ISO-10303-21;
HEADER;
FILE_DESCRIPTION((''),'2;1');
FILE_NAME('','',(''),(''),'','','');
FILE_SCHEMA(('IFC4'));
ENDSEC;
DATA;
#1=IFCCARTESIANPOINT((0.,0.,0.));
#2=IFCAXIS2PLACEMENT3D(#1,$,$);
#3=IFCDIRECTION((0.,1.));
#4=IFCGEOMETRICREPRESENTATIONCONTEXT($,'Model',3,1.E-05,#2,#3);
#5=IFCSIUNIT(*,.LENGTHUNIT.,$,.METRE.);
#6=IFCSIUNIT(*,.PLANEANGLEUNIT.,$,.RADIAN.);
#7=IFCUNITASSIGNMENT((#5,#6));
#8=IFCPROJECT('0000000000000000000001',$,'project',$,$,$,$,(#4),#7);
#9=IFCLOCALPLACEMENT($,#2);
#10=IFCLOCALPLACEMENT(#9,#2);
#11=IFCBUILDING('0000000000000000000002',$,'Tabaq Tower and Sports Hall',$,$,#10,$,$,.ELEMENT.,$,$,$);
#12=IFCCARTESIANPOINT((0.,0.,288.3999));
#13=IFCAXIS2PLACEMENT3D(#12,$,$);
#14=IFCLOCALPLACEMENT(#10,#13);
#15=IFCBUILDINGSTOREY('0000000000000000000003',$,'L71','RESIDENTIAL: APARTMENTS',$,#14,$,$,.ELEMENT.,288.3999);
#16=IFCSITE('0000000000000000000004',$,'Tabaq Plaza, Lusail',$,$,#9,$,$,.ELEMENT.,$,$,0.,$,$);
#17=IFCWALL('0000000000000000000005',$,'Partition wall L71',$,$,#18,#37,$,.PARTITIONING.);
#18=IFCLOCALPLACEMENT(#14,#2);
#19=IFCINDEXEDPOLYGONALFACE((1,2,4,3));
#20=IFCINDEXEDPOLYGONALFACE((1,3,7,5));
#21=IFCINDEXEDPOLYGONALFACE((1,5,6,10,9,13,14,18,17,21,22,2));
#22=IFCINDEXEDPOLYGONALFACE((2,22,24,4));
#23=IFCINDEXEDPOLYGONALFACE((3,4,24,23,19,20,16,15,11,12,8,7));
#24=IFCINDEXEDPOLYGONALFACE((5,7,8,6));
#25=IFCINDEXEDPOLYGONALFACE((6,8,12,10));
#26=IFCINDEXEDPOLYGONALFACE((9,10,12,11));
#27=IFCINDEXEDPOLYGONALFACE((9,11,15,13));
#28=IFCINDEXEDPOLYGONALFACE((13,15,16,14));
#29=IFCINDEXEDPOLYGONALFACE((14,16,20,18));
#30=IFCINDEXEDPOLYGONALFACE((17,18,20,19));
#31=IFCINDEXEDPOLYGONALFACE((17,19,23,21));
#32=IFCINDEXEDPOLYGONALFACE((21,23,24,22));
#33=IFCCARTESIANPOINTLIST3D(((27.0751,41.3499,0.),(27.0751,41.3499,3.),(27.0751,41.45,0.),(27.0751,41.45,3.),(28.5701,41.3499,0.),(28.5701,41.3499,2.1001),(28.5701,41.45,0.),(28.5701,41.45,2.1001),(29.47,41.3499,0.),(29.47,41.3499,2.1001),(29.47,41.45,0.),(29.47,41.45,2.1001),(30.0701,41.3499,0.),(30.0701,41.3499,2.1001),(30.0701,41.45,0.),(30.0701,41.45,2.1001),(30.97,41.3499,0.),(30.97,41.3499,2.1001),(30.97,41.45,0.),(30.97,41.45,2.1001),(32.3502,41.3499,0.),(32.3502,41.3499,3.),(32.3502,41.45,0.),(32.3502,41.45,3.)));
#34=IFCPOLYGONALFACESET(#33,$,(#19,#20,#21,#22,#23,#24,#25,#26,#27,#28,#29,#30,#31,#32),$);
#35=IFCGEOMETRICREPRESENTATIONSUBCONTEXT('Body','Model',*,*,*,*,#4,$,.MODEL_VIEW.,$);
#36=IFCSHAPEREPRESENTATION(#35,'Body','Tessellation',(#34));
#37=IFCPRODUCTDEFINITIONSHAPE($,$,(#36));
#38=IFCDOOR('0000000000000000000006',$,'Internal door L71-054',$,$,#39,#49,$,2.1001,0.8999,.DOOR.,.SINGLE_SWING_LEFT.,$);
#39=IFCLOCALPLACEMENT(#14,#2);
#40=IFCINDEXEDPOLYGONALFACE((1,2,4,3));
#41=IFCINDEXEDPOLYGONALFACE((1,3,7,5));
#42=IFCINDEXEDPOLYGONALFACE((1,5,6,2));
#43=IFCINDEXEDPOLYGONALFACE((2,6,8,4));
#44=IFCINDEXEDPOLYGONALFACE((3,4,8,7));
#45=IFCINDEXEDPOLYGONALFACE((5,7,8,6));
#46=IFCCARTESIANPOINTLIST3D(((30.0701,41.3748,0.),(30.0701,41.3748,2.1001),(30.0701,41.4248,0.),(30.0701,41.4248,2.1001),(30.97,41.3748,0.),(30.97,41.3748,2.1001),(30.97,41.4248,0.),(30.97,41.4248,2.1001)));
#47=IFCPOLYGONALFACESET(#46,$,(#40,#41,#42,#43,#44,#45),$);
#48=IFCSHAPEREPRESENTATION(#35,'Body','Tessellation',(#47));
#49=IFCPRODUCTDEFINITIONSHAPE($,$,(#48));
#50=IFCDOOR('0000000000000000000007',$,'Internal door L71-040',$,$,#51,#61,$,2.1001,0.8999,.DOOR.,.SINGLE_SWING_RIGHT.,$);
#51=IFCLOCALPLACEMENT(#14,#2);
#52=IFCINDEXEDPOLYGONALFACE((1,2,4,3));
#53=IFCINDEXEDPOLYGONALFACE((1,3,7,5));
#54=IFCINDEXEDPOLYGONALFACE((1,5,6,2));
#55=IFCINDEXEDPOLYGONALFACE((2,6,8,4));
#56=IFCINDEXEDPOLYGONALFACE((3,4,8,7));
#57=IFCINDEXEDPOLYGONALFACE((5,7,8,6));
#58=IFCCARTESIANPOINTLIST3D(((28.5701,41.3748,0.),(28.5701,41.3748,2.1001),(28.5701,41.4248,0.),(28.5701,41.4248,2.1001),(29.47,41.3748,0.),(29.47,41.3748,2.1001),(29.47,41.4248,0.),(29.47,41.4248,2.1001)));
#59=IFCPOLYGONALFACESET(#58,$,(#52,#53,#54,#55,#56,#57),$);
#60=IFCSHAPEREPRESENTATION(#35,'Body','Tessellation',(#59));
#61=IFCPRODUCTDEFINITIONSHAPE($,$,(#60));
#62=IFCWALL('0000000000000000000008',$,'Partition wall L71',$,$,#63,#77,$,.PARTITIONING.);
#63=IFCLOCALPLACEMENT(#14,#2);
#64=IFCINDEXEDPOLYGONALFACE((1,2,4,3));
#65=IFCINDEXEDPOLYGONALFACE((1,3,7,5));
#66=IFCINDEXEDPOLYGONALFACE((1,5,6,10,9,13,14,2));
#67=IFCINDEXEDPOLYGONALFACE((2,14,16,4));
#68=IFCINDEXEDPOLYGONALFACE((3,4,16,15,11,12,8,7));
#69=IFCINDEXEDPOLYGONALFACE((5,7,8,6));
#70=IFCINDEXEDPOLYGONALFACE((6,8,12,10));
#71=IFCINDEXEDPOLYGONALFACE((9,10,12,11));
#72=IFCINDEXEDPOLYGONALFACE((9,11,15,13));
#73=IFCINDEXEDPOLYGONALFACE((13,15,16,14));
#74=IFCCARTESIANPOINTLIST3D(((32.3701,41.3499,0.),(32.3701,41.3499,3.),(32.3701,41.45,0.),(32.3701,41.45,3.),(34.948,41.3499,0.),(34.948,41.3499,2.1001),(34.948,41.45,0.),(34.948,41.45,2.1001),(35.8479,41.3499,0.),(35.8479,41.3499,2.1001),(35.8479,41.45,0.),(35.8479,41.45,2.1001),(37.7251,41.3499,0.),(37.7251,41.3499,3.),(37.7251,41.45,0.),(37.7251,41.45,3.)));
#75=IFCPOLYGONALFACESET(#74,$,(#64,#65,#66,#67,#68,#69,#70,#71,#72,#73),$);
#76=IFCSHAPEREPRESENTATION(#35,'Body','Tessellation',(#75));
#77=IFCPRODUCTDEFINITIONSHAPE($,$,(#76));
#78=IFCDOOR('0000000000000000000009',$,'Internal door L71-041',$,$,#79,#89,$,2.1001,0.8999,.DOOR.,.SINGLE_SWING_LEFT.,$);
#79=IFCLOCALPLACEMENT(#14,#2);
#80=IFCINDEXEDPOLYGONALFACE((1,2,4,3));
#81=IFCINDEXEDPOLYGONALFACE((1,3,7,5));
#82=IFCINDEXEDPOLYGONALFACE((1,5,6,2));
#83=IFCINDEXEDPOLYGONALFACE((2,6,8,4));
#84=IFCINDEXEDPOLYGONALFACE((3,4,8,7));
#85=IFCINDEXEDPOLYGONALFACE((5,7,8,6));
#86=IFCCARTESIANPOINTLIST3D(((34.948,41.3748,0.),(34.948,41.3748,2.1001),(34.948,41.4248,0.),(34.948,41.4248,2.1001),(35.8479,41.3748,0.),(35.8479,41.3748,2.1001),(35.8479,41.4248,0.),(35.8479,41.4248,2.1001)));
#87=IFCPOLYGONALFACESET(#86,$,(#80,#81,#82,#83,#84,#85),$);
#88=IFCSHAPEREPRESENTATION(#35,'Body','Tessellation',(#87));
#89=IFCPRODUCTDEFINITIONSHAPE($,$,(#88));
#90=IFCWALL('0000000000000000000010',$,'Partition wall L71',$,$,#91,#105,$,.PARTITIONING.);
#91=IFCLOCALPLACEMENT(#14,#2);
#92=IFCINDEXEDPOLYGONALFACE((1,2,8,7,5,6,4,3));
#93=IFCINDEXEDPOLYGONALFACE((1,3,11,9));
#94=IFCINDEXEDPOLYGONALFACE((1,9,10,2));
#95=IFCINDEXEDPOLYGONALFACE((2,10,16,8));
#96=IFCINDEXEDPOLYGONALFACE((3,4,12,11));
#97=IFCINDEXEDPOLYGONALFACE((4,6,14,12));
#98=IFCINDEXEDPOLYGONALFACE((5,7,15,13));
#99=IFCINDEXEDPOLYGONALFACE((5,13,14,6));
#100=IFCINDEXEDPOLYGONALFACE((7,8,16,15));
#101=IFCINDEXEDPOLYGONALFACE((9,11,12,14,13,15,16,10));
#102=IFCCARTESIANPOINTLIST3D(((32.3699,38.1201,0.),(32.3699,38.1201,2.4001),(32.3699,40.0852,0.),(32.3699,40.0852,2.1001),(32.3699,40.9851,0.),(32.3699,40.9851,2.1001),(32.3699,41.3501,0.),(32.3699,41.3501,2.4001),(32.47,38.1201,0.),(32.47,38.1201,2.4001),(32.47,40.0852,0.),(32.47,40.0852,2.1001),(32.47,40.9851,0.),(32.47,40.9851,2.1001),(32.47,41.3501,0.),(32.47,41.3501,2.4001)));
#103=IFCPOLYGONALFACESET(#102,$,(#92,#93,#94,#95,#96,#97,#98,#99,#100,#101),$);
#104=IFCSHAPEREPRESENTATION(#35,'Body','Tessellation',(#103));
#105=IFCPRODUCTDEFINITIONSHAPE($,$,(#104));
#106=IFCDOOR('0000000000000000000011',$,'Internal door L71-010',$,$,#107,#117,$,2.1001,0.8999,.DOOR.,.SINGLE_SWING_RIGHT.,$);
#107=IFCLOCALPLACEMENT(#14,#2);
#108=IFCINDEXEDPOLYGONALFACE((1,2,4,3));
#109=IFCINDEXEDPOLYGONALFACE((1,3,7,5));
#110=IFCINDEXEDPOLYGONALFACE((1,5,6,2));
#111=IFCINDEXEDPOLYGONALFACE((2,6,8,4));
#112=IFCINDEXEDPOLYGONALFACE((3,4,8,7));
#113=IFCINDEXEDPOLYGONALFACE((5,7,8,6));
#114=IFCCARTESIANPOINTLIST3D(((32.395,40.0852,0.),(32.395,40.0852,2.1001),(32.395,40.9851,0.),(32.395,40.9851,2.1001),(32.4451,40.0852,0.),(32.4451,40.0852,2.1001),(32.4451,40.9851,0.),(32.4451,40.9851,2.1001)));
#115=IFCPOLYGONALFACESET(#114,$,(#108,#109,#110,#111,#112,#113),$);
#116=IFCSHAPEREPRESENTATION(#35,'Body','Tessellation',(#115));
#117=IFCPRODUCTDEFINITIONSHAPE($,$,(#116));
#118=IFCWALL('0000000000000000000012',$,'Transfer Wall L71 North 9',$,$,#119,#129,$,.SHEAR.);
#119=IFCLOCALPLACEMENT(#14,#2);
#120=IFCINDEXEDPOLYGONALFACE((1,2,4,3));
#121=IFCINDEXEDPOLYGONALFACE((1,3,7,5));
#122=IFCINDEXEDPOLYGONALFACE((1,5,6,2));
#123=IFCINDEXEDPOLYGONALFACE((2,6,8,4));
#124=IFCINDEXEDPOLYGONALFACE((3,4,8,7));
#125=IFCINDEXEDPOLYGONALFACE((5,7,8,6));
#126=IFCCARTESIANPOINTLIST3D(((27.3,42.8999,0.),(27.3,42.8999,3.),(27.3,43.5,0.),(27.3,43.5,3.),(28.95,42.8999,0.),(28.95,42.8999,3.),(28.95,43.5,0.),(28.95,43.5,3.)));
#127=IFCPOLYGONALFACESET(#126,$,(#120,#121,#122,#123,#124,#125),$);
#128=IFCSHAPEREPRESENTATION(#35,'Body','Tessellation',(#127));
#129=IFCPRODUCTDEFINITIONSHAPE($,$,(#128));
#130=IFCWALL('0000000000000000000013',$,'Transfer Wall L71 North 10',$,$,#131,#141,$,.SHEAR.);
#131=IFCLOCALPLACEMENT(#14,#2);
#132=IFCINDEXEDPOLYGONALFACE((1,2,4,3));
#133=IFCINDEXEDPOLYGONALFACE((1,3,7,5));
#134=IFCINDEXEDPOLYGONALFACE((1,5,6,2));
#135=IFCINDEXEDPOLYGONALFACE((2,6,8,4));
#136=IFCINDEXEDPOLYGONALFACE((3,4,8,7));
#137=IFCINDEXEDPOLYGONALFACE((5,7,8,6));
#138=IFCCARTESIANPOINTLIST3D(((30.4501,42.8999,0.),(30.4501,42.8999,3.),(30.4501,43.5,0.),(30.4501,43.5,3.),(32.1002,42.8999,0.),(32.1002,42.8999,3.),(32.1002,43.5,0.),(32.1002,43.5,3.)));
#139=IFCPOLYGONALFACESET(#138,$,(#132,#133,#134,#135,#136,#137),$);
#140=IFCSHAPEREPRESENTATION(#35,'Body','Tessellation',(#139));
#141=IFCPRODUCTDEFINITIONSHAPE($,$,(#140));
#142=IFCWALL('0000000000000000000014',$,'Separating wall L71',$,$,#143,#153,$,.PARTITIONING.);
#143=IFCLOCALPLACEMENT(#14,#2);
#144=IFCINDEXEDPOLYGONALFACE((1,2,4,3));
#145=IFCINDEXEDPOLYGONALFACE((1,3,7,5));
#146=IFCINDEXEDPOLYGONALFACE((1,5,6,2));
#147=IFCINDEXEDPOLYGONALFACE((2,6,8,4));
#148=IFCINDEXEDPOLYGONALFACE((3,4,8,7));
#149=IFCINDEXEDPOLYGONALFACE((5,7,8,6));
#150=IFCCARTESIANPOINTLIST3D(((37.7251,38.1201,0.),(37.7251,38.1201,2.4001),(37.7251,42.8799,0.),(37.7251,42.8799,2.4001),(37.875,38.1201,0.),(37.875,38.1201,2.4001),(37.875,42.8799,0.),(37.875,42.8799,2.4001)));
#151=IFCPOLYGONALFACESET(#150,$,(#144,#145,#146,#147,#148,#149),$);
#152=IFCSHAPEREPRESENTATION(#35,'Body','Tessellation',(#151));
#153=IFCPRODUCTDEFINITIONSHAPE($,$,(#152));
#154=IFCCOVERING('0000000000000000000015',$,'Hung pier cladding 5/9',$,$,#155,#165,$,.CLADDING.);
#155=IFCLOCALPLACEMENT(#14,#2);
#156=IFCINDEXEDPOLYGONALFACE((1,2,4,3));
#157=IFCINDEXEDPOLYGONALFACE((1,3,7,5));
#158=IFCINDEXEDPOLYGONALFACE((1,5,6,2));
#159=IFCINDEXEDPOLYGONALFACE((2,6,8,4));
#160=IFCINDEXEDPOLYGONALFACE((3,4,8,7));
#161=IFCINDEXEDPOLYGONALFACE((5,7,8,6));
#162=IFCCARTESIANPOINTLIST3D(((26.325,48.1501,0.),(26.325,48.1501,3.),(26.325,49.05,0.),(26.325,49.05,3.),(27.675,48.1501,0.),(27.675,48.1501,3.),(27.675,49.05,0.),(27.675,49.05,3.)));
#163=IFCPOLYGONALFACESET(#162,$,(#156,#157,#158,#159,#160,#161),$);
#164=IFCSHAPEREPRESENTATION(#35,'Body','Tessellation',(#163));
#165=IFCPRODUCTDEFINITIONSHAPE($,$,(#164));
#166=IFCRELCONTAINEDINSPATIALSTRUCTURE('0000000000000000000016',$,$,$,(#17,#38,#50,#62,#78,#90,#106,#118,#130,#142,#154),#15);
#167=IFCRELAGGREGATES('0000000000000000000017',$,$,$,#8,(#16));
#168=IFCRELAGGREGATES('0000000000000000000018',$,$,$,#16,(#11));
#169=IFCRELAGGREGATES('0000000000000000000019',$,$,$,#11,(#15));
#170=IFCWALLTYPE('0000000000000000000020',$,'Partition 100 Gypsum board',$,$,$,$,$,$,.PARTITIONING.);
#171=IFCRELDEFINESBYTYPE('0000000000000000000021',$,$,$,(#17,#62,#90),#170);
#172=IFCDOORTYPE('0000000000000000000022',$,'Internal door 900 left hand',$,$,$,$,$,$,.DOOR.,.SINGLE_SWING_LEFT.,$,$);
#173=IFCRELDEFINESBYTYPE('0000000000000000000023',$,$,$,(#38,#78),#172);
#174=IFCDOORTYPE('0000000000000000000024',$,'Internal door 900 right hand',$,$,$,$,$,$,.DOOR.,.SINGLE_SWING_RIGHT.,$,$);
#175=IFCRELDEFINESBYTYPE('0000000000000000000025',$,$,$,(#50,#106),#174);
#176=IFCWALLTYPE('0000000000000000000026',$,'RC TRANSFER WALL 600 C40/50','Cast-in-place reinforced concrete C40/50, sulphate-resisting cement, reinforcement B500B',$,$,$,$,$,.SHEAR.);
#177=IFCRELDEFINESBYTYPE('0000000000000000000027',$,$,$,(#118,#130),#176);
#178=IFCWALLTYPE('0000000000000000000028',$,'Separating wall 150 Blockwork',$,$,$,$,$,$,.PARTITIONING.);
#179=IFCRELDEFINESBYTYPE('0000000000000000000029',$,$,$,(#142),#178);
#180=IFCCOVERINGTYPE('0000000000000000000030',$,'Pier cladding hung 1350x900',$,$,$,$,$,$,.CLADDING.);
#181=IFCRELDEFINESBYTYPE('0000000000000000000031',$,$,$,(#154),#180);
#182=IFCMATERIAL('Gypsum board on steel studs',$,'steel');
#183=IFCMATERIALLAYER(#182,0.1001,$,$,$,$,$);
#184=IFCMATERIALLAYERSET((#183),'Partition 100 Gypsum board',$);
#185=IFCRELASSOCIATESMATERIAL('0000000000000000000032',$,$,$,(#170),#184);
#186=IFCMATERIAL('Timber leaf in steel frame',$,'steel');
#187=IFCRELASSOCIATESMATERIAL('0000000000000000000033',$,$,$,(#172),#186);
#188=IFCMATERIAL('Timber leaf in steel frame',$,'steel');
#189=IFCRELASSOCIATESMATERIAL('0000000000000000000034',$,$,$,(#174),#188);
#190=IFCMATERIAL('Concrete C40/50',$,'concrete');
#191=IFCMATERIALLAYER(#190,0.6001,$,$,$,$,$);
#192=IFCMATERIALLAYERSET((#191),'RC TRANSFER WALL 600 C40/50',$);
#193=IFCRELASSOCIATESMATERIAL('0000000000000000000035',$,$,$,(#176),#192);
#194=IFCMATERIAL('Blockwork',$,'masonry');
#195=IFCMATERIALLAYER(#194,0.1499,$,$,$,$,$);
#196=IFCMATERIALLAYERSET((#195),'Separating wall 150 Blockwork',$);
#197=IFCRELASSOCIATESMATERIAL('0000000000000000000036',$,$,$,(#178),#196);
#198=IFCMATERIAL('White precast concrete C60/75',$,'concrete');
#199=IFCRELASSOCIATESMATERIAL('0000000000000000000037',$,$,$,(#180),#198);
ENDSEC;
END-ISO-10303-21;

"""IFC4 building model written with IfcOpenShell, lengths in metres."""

from ifc_helpers import new_model, si_unit, direction, frame, frame_2d, origin, place, context, subcontext, project, spatial, rectangle, extrude, material, layer, layer_set, type_object, element, fill, save


model = new_model("IFC4")

# Units and contexts
model_context = context("Model", 3, precision=1e-05, world=origin(), true_north=direction((0.0, 1.0)))
body_context = subcontext(model_context, "Body", "Model", "MODEL_VIEW")
ifc_project = project(units=[si_unit("LENGTHUNIT", "METRE"), si_unit("PLANEANGLEUNIT", "RADIAN")], contexts=[model_context])

# Site, building, storey
site_placement = place(None, origin())
site = spatial("IfcSite", under=ifc_project, at=site_placement, Name="Tabaq Plaza, Lusail", CompositionType="ELEMENT", RefElevation=0.0)
building_placement = place(site_placement, origin())
building = spatial("IfcBuilding", under=site, at=building_placement, Name="Tabaq Tower and Sports Hall", CompositionType="ELEMENT")
storey_placement = place(building_placement, frame((0.0, 0.0, 288.3999)))
storey = spatial("IfcBuildingStorey", under=building, at=storey_placement, Name="L71", Description="RESIDENTIAL: APARTMENTS", CompositionType="ELEMENT", Elevation=288.3999)

# Shared definitions
ifc_material_1 = material(Name="Gypsum board on steel studs", Category="steel")
ifc_layer_1 = layer(ifc_material_1, 0.1001)
ifc_layer_set_1 = layer_set([ifc_layer_1], Name="Partition 100 Gypsum board")
wall_type_1 = type_object("IfcWallType", Name="Partition 100 Gypsum board", PredefinedType="PARTITIONING", material=ifc_layer_set_1)

# Shared definitions
ifc_material_2 = material(Name="Timber leaf in steel frame", Category="steel")
door_type_1 = type_object("IfcDoorType", Name="Internal door 900 left hand", OperationType="SINGLE_SWING_LEFT", PredefinedType="DOOR", material=ifc_material_2)

# Wall, openings, doors
wall_1_placement = place(storey_placement, frame((27.075, 41.3999, 0.0), z_axis=(0.0, 0.0, 1.0), x_axis=(1.0, 0.0, 0.0)))
wall_1 = element("IfcWall", 1, at=wall_1_placement, inside=storey, type_object=wall_type_1, Name="Partition wall L71", PredefinedType="PARTITIONING", context=body_context, shape_type="SweptSolid", body=[
    extrude(rectangle(XDim=5.2751, YDim=0.1001, at=frame_2d((2.6377, 0.0))), origin(), (0.0, 0.0, 1.0), 3.0),
])
opening_1_placement = place(wall_1_placement, frame((1.4951, 0.0, 0.0)))
opening_1 = element("IfcOpeningElement", 2, at=opening_1_placement, cuts=wall_1, PredefinedType="OPENING", context=body_context, shape_type="SweptSolid", body=[
    extrude(rectangle(XDim=0.8999, YDim=2.1001, at=frame_2d((0.45, 1.05))), frame((0.0, 0.05, 0.0), z_axis=(0.0, -1.0, 0.0), x_axis=(1.0, 0.0, 0.0)), (0.0, 0.0, 1.0), 0.1001),
])
opening_2_placement = place(wall_1_placement, frame((2.9951, 0.0, 0.0)))
opening_2 = element("IfcOpeningElement", 3, at=opening_2_placement, cuts=wall_1, PredefinedType="OPENING", context=body_context, shape_type="SweptSolid", body=[
    extrude(rectangle(XDim=0.8999, YDim=2.1001, at=frame_2d((0.45, 1.05))), frame((0.0, 0.05, 0.0), z_axis=(0.0, -1.0, 0.0), x_axis=(1.0, 0.0, 0.0)), (0.0, 0.0, 1.0), 0.1001),
])
door_1_placement = place(opening_2_placement, origin())
door_1 = element("IfcDoor", 4, at=door_1_placement, inside=storey, type_object=door_type_1, Name="Internal door L71-054", OperationType="SINGLE_SWING_LEFT", OverallHeight=2.1001, OverallWidth=0.8999, PredefinedType="DOOR", context=body_context, shape_type="SweptSolid", body=[
    extrude(rectangle(XDim=0.8999, YDim=2.1001, at=frame_2d((0.45, 1.05))), frame((0.0, 0.0249, 0.0), z_axis=(0.0, -1.0, 0.0), x_axis=(1.0, 0.0, 0.0)), (0.0, 0.0, 1.0), 0.05),
])
fill(opening_2, door_1)
ifc_material_3 = material(Name="Timber leaf in steel frame", Category="steel")
door_type_2 = type_object("IfcDoorType", Name="Internal door 900 right hand", OperationType="SINGLE_SWING_RIGHT", PredefinedType="DOOR", material=ifc_material_3)
door_2_placement = place(opening_1_placement, origin())
door_2 = element("IfcDoor", 5, at=door_2_placement, inside=storey, type_object=door_type_2, Name="Internal door L71-040", OperationType="SINGLE_SWING_RIGHT", OverallHeight=2.1001, OverallWidth=0.8999, PredefinedType="DOOR", context=body_context, shape_type="SweptSolid", body=[
    extrude(rectangle(XDim=0.8999, YDim=2.1001, at=frame_2d((0.45, 1.05))), frame((0.0, 0.0249, 0.0), z_axis=(0.0, -1.0, 0.0), x_axis=(1.0, 0.0, 0.0)), (0.0, 0.0, 1.0), 0.05),
])
fill(opening_1, door_2)

# Walls, openings, doors
wall_2_placement = place(storey_placement, frame((32.3701, 41.3999, 0.0), z_axis=(0.0, 0.0, 1.0), x_axis=(1.0, 0.0, 0.0)))
wall_2 = element("IfcWall", 6, at=wall_2_placement, inside=storey, type_object=wall_type_1, Name="Partition wall L71", PredefinedType="PARTITIONING", context=body_context, shape_type="SweptSolid", body=[
    extrude(rectangle(XDim=5.355, YDim=0.1001, at=frame_2d((2.6775, 0.0))), origin(), (0.0, 0.0, 1.0), 3.0),
])
opening_3_placement = place(wall_2_placement, frame((2.5779, 0.0, 0.0)))
opening_3 = element("IfcOpeningElement", 7, at=opening_3_placement, cuts=wall_2, PredefinedType="OPENING", context=body_context, shape_type="SweptSolid", body=[
    extrude(rectangle(XDim=0.8999, YDim=2.1001, at=frame_2d((0.45, 1.05))), frame((0.0, 0.05, 0.0), z_axis=(0.0, -1.0, 0.0), x_axis=(1.0, 0.0, 0.0)), (0.0, 0.0, 1.0), 0.1001),
])
door_3_placement = place(opening_3_placement, origin())
door_3 = element("IfcDoor", 8, at=door_3_placement, inside=storey, type_object=door_type_1, Name="Internal door L71-041", OperationType="SINGLE_SWING_LEFT", OverallHeight=2.1001, OverallWidth=0.8999, PredefinedType="DOOR", context=body_context, shape_type="SweptSolid", body=[
    extrude(rectangle(XDim=0.8999, YDim=2.1001, at=frame_2d((0.45, 1.05))), frame((0.0, 0.0249, 0.0), z_axis=(0.0, -1.0, 0.0), x_axis=(1.0, 0.0, 0.0)), (0.0, 0.0, 1.0), 0.05),
])
fill(opening_3, door_3)
wall_3_placement = place(storey_placement, frame((32.4199, 38.1201, 0.0), z_axis=(0.0, 0.0, 1.0), x_axis=(0.0, 1.0, 0.0)))
wall_3 = element("IfcWall", 9, at=wall_3_placement, inside=storey, type_object=wall_type_1, Name="Partition wall L71", PredefinedType="PARTITIONING", context=body_context, shape_type="SweptSolid", body=[
    extrude(rectangle(XDim=3.23, YDim=0.1001, at=frame_2d((1.615, 0.0))), origin(), (0.0, 0.0, 1.0), 2.4001),
])
opening_4_placement = place(wall_3_placement, frame((1.9651, 0.0, 0.0)))
opening_4 = element("IfcOpeningElement", 10, at=opening_4_placement, cuts=wall_3, PredefinedType="OPENING", context=body_context, shape_type="SweptSolid", body=[
    extrude(rectangle(XDim=0.8999, YDim=2.1001, at=frame_2d((0.45, 1.05))), frame((0.0, 0.05, 0.0), z_axis=(0.0, -1.0, 0.0), x_axis=(1.0, 0.0, 0.0)), (0.0, 0.0, 1.0), 0.1001),
])
door_4_placement = place(opening_4_placement, origin())
door_4 = element("IfcDoor", 11, at=door_4_placement, inside=storey, type_object=door_type_2, Name="Internal door L71-010", OperationType="SINGLE_SWING_RIGHT", OverallHeight=2.1001, OverallWidth=0.8999, PredefinedType="DOOR", context=body_context, shape_type="SweptSolid", body=[
    extrude(rectangle(XDim=0.8999, YDim=2.1001, at=frame_2d((0.45, 1.05))), frame((0.0, 0.0249, 0.0), z_axis=(0.0, -1.0, 0.0), x_axis=(1.0, 0.0, 0.0)), (0.0, 0.0, 1.0), 0.05),
])
fill(opening_4, door_4)

# Walls
ifc_material_4 = material(Name="Concrete C40/50", Category="concrete")
ifc_layer_2 = layer(ifc_material_4, 0.6001)
ifc_layer_set_2 = layer_set([ifc_layer_2], Name="RC TRANSFER WALL 600 C40/50")
wall_type_2 = type_object("IfcWallType", Name="RC TRANSFER WALL 600 C40/50", Description="Cast-in-place reinforced concrete C40/50, sulphate-resisting cement, reinforcement B500B", PredefinedType="SHEAR", material=ifc_layer_set_2)
wall_4_placement = place(storey_placement, frame((27.3, 43.2, 0.0), z_axis=(0.0, 0.0, 1.0), x_axis=(1.0, 0.0, 0.0)))
element("IfcWall", 12, at=wall_4_placement, inside=storey, type_object=wall_type_2, Name="Transfer Wall L71 North 9", PredefinedType="SHEAR", context=body_context, shape_type="SweptSolid", body=[
    extrude(rectangle(XDim=1.6499, YDim=0.6001, at=frame_2d((0.825, 0.0))), origin(), (0.0, 0.0, 1.0), 3.0),
])
wall_5_placement = place(storey_placement, frame((30.45, 43.2, 0.0), z_axis=(0.0, 0.0, 1.0), x_axis=(1.0, 0.0, 0.0)))
element("IfcWall", 13, at=wall_5_placement, inside=storey, type_object=wall_type_2, Name="Transfer Wall L71 North 10", PredefinedType="SHEAR", context=body_context, shape_type="SweptSolid", body=[
    extrude(rectangle(XDim=1.6501, YDim=0.6001, at=frame_2d((0.8252, 0.0))), origin(), (0.0, 0.0, 1.0), 3.0),
])
ifc_material_5 = material(Name="Blockwork", Category="masonry")
ifc_layer_3 = layer(ifc_material_5, 0.1499)
ifc_layer_set_3 = layer_set([ifc_layer_3], Name="Separating wall 150 Blockwork")
wall_type_3 = type_object("IfcWallType", Name="Separating wall 150 Blockwork", PredefinedType="PARTITIONING", material=ifc_layer_set_3)
wall_6_placement = place(storey_placement, frame((37.8, 38.1201, 0.0), z_axis=(0.0, 0.0, 1.0), x_axis=(0.0, 1.0, 0.0)))
element("IfcWall", 14, at=wall_6_placement, inside=storey, type_object=wall_type_3, Name="Separating wall L71", PredefinedType="PARTITIONING", context=body_context, shape_type="SweptSolid", body=[
    extrude(rectangle(XDim=4.7598, YDim=0.1499, at=frame_2d((2.3799, 0.0))), origin(), (0.0, 0.0, 1.0), 2.4001),
])

# Covering
ifc_material_6 = material(Name="White precast concrete C60/75", Category="concrete")
covering_type_1 = type_object("IfcCoveringType", Name="Pier cladding hung 1350x900", PredefinedType="CLADDING", material=ifc_material_6)
covering_1_placement = place(storey_placement, frame((27.675, 48.6001, 0.0), z_axis=(0.0, 0.0, 1.0), x_axis=(-1.0, 0.0, 0.0)))
element("IfcCovering", 15, at=covering_1_placement, inside=storey, type_object=covering_type_1, Name="Hung pier cladding 5/9", PredefinedType="CLADDING", context=body_context, shape_type="SweptSolid", body=[
    extrude(rectangle(XDim=1.3501, YDim=0.8999, at=frame_2d((0.675, 0.0))), origin(), (0.0, 0.0, 1.0), 3.0),
])

save(model, "model.ifc")
